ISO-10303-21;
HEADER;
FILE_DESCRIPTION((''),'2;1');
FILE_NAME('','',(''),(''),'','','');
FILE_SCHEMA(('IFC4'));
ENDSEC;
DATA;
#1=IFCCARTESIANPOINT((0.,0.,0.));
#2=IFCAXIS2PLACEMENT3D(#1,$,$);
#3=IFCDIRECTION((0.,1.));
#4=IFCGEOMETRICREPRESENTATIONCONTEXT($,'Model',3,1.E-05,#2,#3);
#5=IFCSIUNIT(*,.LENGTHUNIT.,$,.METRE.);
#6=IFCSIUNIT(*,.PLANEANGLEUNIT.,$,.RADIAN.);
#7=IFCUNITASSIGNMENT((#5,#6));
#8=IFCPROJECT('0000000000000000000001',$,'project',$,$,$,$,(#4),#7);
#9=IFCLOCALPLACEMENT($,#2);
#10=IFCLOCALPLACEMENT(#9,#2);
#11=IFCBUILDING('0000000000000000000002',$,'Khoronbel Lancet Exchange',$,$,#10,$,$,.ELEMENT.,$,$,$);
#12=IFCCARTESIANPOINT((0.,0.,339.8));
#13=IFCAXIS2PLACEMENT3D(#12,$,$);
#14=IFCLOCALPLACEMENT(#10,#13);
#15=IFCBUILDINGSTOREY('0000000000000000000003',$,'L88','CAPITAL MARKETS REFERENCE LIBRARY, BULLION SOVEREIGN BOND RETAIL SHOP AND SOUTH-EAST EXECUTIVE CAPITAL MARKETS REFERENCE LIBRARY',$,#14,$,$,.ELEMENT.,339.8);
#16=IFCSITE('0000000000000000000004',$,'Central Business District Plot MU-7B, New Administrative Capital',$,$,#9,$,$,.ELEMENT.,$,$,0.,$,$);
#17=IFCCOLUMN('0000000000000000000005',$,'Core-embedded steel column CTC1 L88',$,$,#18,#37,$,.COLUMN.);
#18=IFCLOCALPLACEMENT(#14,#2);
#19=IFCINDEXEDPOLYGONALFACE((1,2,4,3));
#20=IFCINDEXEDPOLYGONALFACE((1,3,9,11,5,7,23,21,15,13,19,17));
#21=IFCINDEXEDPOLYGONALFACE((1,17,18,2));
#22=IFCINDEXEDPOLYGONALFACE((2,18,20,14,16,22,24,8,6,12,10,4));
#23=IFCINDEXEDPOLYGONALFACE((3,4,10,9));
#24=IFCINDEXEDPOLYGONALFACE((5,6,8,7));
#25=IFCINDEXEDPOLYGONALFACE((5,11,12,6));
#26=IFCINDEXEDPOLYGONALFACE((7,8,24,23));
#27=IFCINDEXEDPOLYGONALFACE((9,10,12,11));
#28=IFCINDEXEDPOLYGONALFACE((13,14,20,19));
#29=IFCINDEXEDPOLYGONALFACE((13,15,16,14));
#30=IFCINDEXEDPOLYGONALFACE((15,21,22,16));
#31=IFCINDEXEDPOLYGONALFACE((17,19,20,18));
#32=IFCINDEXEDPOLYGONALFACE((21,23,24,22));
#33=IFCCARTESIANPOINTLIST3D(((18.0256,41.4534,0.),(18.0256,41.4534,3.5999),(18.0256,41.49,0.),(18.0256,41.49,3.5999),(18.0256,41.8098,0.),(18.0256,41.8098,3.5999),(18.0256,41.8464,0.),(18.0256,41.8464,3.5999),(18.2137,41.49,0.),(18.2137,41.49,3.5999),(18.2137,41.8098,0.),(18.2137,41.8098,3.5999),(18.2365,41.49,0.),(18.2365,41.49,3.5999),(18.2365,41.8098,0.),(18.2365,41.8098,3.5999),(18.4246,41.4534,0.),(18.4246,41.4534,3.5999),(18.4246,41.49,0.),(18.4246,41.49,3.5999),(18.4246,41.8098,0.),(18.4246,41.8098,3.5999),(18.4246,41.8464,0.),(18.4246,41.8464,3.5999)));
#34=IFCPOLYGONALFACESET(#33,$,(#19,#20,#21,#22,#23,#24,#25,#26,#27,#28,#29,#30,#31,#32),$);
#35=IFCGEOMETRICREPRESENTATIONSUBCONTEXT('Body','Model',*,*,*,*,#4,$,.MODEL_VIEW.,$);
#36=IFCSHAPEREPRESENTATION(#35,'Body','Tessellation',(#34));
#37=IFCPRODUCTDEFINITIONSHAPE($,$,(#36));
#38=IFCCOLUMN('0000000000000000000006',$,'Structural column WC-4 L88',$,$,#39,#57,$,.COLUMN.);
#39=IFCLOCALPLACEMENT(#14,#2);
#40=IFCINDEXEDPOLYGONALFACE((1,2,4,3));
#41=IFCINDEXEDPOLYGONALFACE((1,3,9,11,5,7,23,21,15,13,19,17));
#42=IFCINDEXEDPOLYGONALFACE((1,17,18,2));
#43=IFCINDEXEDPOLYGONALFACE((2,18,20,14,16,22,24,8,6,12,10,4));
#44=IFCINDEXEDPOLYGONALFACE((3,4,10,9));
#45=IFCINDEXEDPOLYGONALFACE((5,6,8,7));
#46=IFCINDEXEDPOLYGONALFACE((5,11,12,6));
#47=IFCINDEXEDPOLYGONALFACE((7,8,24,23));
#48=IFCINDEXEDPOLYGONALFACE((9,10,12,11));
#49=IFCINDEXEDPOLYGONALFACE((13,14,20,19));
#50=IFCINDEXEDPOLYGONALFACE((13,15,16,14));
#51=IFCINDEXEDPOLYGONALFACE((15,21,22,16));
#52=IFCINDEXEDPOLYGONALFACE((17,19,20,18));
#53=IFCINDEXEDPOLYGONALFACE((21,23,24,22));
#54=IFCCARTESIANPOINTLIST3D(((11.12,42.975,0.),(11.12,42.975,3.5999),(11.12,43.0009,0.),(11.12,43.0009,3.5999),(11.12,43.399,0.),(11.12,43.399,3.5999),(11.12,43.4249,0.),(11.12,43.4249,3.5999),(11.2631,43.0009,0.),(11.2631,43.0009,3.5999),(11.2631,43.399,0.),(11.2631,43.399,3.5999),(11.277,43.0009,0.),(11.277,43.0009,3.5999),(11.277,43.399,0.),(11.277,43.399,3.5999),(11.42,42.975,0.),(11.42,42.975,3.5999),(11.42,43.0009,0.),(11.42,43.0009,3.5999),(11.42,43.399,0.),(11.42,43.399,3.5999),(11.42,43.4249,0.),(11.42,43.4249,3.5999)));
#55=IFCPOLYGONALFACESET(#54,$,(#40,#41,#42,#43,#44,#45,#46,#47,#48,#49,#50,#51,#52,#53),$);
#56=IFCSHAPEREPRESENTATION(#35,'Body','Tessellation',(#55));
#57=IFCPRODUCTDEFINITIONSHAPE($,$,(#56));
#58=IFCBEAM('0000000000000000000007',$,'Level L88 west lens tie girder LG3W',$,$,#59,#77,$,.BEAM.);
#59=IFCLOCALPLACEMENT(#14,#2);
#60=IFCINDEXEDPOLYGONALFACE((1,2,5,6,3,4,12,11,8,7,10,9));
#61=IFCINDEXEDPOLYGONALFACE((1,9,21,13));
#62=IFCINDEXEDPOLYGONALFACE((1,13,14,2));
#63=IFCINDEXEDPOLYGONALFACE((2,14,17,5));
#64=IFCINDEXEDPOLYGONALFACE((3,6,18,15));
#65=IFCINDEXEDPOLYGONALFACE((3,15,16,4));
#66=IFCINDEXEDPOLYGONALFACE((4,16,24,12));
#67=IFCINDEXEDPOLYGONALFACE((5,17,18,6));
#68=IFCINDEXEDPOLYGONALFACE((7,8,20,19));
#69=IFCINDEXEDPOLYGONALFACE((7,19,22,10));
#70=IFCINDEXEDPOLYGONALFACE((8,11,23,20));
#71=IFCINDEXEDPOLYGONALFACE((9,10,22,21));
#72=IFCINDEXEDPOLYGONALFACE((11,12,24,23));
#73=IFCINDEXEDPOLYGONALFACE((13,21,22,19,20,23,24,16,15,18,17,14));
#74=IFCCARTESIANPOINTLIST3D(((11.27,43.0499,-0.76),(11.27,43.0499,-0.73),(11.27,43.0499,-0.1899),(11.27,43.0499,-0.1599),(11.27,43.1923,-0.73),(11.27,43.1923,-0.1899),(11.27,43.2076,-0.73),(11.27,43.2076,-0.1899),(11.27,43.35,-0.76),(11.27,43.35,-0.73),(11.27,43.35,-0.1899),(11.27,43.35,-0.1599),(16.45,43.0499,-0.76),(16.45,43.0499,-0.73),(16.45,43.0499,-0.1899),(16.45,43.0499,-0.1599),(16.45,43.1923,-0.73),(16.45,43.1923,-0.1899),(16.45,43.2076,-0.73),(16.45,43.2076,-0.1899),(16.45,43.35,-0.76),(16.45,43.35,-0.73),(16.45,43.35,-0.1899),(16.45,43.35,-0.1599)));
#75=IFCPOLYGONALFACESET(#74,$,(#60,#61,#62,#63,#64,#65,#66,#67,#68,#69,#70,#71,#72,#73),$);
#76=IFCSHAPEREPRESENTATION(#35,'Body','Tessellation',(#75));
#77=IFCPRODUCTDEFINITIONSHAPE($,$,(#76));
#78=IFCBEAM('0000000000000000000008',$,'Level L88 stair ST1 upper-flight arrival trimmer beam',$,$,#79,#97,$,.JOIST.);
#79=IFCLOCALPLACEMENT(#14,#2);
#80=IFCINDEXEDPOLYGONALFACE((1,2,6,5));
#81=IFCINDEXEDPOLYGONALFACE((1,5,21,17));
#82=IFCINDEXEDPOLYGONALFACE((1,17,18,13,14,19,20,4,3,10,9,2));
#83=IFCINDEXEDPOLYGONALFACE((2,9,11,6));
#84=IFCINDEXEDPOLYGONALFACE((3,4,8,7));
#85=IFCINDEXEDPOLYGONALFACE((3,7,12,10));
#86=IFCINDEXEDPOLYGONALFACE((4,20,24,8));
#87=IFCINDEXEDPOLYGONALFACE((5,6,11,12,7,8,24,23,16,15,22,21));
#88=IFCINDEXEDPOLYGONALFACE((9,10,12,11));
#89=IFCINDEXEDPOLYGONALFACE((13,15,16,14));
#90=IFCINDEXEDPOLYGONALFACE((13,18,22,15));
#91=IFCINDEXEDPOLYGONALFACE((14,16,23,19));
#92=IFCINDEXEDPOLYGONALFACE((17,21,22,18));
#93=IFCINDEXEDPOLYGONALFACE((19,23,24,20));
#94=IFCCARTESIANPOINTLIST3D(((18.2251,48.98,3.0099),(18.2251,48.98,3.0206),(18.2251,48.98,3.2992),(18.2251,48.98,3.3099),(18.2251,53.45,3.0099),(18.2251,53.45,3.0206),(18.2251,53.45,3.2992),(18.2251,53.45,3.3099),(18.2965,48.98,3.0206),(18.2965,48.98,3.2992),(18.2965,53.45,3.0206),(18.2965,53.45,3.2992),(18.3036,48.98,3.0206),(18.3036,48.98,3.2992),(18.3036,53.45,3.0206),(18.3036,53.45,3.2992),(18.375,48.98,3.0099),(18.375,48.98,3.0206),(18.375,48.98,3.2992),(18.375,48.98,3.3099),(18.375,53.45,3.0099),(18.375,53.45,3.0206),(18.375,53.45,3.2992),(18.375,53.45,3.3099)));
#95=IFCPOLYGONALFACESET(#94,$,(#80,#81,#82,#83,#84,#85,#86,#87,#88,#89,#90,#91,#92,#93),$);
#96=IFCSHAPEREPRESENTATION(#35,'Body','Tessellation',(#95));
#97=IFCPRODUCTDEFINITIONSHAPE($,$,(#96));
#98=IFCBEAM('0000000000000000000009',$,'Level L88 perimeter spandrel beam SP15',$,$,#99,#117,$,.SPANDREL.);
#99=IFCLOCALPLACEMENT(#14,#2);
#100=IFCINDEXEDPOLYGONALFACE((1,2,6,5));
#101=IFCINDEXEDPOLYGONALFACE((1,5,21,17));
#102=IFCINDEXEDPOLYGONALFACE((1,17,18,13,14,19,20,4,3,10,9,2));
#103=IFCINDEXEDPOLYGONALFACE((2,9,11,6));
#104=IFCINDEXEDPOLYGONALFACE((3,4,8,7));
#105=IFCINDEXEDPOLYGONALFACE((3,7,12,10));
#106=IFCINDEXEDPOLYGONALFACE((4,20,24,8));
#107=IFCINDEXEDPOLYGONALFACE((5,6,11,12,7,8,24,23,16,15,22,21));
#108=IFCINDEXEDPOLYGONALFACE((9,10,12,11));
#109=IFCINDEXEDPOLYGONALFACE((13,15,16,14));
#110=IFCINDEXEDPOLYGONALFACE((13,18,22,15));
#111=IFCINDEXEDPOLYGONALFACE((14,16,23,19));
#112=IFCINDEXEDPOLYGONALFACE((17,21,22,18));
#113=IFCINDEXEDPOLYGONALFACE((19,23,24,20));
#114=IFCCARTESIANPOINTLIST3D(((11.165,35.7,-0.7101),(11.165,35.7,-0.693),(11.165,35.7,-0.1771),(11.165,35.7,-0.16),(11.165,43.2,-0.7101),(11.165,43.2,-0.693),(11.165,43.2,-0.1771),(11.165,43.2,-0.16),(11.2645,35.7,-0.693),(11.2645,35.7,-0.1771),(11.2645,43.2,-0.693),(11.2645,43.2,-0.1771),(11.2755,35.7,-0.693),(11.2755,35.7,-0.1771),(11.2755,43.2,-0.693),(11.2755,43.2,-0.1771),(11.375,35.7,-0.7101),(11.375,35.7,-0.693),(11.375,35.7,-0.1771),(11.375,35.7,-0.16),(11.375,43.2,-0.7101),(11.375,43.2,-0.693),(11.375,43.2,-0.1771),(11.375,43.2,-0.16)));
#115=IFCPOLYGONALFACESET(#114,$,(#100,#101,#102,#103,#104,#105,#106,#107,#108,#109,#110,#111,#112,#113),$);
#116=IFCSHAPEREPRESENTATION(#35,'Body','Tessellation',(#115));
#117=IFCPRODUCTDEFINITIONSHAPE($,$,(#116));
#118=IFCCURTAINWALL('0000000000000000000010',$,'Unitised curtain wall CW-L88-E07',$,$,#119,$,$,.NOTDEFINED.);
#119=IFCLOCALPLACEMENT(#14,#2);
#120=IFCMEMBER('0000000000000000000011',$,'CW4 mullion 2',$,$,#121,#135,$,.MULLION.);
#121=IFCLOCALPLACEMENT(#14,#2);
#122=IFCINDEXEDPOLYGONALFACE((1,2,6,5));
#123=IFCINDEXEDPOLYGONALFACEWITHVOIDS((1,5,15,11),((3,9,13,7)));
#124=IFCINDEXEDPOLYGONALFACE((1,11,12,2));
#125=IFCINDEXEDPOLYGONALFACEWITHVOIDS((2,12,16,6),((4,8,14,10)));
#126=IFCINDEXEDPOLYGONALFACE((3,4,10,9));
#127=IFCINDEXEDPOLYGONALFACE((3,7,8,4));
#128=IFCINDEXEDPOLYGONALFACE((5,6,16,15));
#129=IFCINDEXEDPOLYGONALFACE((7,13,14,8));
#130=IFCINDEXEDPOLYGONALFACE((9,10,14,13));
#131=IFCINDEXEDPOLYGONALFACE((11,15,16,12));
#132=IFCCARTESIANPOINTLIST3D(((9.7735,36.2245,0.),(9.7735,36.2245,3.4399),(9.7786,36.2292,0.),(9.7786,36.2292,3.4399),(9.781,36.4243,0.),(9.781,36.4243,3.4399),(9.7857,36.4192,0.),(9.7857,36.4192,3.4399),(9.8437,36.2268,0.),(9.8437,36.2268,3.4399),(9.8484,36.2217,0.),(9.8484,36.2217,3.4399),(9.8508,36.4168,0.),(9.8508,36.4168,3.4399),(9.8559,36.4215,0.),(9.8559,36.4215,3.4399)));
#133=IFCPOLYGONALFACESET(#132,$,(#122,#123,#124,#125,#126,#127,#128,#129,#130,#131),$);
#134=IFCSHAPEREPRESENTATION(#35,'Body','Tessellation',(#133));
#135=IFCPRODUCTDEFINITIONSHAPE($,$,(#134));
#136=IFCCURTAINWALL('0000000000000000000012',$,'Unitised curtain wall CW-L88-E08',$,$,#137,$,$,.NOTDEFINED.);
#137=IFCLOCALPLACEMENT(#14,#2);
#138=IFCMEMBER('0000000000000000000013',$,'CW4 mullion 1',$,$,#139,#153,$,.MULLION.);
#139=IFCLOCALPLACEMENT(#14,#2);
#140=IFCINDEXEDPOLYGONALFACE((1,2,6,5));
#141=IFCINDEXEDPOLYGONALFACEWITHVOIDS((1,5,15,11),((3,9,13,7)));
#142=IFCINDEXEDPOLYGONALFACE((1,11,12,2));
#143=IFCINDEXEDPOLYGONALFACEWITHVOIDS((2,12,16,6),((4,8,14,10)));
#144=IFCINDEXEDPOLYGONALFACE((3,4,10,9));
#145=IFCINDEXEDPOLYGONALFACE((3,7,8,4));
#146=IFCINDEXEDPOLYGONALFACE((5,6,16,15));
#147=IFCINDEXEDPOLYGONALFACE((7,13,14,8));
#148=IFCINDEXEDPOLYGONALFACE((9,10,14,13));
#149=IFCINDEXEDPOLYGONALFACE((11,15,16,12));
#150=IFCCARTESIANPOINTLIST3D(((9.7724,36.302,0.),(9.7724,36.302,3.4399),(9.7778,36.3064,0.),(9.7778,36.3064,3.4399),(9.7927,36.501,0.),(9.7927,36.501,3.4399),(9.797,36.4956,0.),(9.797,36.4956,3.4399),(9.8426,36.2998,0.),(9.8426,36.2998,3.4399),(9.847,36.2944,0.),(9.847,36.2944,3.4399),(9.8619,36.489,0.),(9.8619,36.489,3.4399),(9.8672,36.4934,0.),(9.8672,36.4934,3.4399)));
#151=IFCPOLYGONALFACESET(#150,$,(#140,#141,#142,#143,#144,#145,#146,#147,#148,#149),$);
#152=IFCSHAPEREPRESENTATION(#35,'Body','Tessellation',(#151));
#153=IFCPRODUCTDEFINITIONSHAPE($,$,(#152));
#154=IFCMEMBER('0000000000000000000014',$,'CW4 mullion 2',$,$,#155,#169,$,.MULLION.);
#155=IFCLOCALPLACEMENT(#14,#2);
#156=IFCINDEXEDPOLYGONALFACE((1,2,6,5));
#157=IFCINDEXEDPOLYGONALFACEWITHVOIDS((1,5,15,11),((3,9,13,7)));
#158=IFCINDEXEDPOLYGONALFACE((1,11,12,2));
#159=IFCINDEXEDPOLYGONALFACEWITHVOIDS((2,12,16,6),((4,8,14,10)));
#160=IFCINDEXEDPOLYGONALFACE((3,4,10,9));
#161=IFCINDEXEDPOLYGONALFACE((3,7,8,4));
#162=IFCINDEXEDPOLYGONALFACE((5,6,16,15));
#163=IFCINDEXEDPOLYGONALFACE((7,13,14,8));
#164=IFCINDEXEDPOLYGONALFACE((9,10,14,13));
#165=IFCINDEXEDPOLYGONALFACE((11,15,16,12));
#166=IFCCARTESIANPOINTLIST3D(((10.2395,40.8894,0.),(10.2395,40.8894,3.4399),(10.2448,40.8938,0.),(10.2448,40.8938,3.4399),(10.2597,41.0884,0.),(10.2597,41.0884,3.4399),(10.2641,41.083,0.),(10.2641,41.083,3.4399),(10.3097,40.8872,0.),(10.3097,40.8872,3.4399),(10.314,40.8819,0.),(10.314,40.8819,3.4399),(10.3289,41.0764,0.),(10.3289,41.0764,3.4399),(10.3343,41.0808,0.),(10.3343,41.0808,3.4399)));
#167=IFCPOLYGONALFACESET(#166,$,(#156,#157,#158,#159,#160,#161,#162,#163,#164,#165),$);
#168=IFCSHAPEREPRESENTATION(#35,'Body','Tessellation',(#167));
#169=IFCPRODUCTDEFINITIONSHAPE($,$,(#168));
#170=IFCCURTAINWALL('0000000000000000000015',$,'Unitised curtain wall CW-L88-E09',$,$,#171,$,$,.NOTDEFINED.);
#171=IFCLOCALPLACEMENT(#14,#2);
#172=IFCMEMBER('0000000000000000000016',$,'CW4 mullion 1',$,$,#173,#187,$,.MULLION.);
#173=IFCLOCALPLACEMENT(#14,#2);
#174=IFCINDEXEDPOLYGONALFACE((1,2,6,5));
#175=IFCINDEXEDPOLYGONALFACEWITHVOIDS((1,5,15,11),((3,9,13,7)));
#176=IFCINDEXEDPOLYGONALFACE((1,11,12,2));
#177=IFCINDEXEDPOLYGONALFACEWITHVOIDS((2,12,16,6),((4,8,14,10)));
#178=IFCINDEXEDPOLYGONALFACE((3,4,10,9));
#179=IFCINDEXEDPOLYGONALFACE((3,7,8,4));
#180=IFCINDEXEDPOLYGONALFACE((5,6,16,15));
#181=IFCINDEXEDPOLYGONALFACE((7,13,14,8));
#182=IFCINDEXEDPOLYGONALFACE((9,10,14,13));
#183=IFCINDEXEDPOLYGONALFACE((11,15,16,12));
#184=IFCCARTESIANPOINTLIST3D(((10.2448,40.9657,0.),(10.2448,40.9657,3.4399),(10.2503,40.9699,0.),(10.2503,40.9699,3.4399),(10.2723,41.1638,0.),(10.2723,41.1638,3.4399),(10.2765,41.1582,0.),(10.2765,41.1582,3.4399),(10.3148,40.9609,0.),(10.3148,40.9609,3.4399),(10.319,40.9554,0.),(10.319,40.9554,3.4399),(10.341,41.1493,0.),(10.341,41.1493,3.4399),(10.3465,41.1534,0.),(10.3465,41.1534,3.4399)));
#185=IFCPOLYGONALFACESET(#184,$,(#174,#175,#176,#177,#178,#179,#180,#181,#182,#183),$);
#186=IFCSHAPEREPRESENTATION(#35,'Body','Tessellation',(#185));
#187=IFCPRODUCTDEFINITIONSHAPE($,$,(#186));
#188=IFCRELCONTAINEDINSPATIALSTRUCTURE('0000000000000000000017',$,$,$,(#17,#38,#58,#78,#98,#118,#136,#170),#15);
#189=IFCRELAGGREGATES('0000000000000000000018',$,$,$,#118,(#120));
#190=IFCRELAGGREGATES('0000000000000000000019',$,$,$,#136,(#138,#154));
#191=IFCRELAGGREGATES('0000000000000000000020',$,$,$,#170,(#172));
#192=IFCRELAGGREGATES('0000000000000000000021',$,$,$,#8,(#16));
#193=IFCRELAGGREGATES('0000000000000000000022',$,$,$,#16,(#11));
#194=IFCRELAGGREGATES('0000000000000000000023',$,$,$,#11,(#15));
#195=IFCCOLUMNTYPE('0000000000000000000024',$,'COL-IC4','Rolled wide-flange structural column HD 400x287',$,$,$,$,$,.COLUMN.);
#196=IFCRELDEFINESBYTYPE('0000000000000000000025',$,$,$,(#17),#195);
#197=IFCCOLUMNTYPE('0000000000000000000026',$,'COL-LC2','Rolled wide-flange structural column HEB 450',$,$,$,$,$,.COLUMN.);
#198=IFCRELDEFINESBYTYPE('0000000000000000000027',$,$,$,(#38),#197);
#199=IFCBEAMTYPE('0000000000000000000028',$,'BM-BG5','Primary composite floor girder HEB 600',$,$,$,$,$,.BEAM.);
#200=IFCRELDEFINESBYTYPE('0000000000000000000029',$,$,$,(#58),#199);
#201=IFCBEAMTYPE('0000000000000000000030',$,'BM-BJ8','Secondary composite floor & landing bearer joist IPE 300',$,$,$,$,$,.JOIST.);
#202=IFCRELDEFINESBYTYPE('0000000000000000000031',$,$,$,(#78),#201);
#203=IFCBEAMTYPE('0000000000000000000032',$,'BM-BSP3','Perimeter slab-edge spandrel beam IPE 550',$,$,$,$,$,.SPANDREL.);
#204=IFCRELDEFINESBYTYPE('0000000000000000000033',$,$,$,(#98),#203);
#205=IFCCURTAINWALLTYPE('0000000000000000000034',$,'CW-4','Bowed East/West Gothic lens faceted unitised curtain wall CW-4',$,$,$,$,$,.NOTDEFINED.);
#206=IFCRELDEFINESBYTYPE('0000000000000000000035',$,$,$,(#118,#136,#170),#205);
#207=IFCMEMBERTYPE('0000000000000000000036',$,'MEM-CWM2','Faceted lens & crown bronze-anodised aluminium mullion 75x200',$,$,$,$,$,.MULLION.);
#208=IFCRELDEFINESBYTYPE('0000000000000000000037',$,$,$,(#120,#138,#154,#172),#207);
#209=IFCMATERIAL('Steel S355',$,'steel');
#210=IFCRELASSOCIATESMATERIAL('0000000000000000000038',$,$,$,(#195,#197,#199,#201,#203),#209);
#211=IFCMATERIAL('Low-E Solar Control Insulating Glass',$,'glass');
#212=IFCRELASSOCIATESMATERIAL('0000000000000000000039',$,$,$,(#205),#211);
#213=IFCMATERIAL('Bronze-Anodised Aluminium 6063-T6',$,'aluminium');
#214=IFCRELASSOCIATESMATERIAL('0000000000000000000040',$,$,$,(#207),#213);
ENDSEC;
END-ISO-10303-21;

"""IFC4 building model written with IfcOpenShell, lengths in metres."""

from ifc_helpers import new_model, si_unit, direction, frame, origin, origin_2d, place, context, subcontext, project, spatial, hollow_rectangle, i_section, extrude, material, material_profile, profile_set, type_object, element, aggregate, save


model = new_model("IFC4")

# Units and contexts
model_context = context("Model", 3, precision=1e-05, world=origin(), true_north=direction((0.0, 1.0)))
body_context = subcontext(model_context, "Body", "Model", "MODEL_VIEW")
ifc_project = project(units=[si_unit("LENGTHUNIT", "METRE"), si_unit("PLANEANGLEUNIT", "RADIAN")], contexts=[model_context])

# Site, building, storey
site_placement = place(None, origin())
site = spatial("IfcSite", under=ifc_project, at=site_placement, Name="Central Business District Plot MU-7B, New Administrative Capital", CompositionType="ELEMENT", RefElevation=0.0)
building_placement = place(site_placement, origin())
building = spatial("IfcBuilding", under=site, at=building_placement, Name="Khoronbel Lancet Exchange", CompositionType="ELEMENT")
storey_placement = place(building_placement, frame((0.0, 0.0, 339.8)))
storey = spatial("IfcBuildingStorey", under=building, at=storey_placement, Name="L88", Description="CAPITAL MARKETS REFERENCE LIBRARY, BULLION SOVEREIGN BOND RETAIL SHOP AND SOUTH-EAST EXECUTIVE CAPITAL MARKETS REFERENCE LIBRARY", CompositionType="ELEMENT", Elevation=339.8)

# Columns
ifc_material_1 = material(Name="Steel S355", Category="steel")
ifc_material_profile_1 = material_profile(ifc_material_1, i_section(OverallWidth=0.3989, OverallDepth=0.3931, WebThickness=0.0227, FlangeThickness=0.0366, at=origin_2d()), Name="HD 400x287")
ifc_profile_set_1 = profile_set([ifc_material_profile_1], Name="Steel S355")
column_type_1 = type_object("IfcColumnType", Name="COL-IC4", Description="Rolled wide-flange structural column HD 400x287", PredefinedType="COLUMN", material=ifc_profile_set_1)
column_1_placement = place(storey_placement, frame((18.2251, 41.6499, 0.0), z_axis=(0.0, 0.0, 1.0), x_axis=(1.0, 0.0, 0.0)))
element("IfcColumn", 1, at=column_1_placement, inside=storey, type_object=column_type_1, Name="Core-embedded steel column CTC1 L88", PredefinedType="COLUMN", context=body_context, shape_type="SweptSolid", body=[
    extrude(i_section(OverallWidth=0.3989, OverallDepth=0.3931, WebThickness=0.0227, FlangeThickness=0.0366, at=origin_2d()), origin(), (0.0, 0.0, 1.0), 3.5999),
])
ifc_material_profile_2 = material_profile(ifc_material_1, i_section(OverallWidth=0.3, OverallDepth=0.45, WebThickness=0.0139, FlangeThickness=0.0259, at=origin_2d()), Name="HEB 450")
ifc_profile_set_2 = profile_set([ifc_material_profile_2], Name="Steel S355")
column_type_2 = type_object("IfcColumnType", Name="COL-LC2", Description="Rolled wide-flange structural column HEB 450", PredefinedType="COLUMN", material=ifc_profile_set_2)
column_2_placement = place(storey_placement, frame((11.27, 43.2, 0.0), z_axis=(0.0, 0.0, 1.0), x_axis=(1.0, 0.0, 0.0)))
element("IfcColumn", 2, at=column_2_placement, inside=storey, type_object=column_type_2, Name="Structural column WC-4 L88", PredefinedType="COLUMN", context=body_context, shape_type="SweptSolid", body=[
    extrude(i_section(OverallWidth=0.3, OverallDepth=0.45, WebThickness=0.0139, FlangeThickness=0.0259, at=origin_2d()), origin(), (0.0, 0.0, 1.0), 3.5999),
])

# Beams
ifc_material_profile_3 = material_profile(ifc_material_1, i_section(OverallWidth=0.3, OverallDepth=0.6001, WebThickness=0.0154, FlangeThickness=0.03, at=origin_2d()), Name="HEB 600")
ifc_profile_set_3 = profile_set([ifc_material_profile_3], Name="Steel S355")
beam_type_1 = type_object("IfcBeamType", Name="BM-BG5", Description="Primary composite floor girder HEB 600", PredefinedType="BEAM", material=ifc_profile_set_3)
beam_1_placement = place(storey_placement, frame((11.27, 43.2, -0.46), z_axis=(1.0, 0.0, 0.0), x_axis=(0.0, 1.0, 0.0)))
element("IfcBeam", 3, at=beam_1_placement, inside=storey, type_object=beam_type_1, Name="Level L88 west lens tie girder LG3W", PredefinedType="BEAM", context=body_context, shape_type="SweptSolid", body=[
    extrude(i_section(OverallWidth=0.3, OverallDepth=0.6001, WebThickness=0.0154, FlangeThickness=0.03, at=origin_2d()), origin(), (0.0, 0.0, 1.0), 5.1799),
])
ifc_material_profile_4 = material_profile(ifc_material_1, i_section(OverallWidth=0.1499, OverallDepth=0.3, WebThickness=0.0071, FlangeThickness=0.0107, at=origin_2d()), Name="IPE 300")
ifc_profile_set_4 = profile_set([ifc_material_profile_4], Name="Steel S355")
beam_type_2 = type_object("IfcBeamType", Name="BM-BJ8", Description="Secondary composite floor & landing bearer joist IPE 300", PredefinedType="JOIST", material=ifc_profile_set_4)
beam_2_placement = place(storey_placement, frame((18.3, 48.98, 3.1599), z_axis=(0.0, 1.0, 0.0), x_axis=(-1.0, 0.0, 0.0)))
element("IfcBeam", 4, at=beam_2_placement, inside=storey, type_object=beam_type_2, Name="Level L88 stair ST1 upper-flight arrival trimmer beam", PredefinedType="JOIST", context=body_context, shape_type="SweptSolid", body=[
    extrude(i_section(OverallWidth=0.1499, OverallDepth=0.3, WebThickness=0.0071, FlangeThickness=0.0107, at=origin_2d()), origin(), (0.0, 0.0, 1.0), 4.47),
])
ifc_material_profile_5 = material_profile(ifc_material_1, i_section(OverallWidth=0.21, OverallDepth=0.55, WebThickness=0.011, FlangeThickness=0.0171, at=origin_2d()), Name="IPE 550")
ifc_profile_set_5 = profile_set([ifc_material_profile_5], Name="Steel S355")
beam_type_3 = type_object("IfcBeamType", Name="BM-BSP3", Description="Perimeter slab-edge spandrel beam IPE 550", PredefinedType="SPANDREL", material=ifc_profile_set_5)
beam_3_placement = place(storey_placement, frame((11.27, 43.2, -0.4351), z_axis=(0.0, -1.0, 0.0), x_axis=(1.0, 0.0, 0.0)))
element("IfcBeam", 5, at=beam_3_placement, inside=storey, type_object=beam_type_3, Name="Level L88 perimeter spandrel beam SP15", PredefinedType="SPANDREL", context=body_context, shape_type="SweptSolid", body=[
    extrude(i_section(OverallWidth=0.21, OverallDepth=0.55, WebThickness=0.011, FlangeThickness=0.0171, at=origin_2d()), origin(), (0.0, 0.0, 1.0), 7.5),
])

# Curtain wall, member
ifc_material_2 = material(Name="Low-E Solar Control Insulating Glass", Category="glass")
curtain_wall_type = type_object("IfcCurtainWallType", Name="CW-4", Description="Bowed East/West Gothic lens faceted unitised curtain wall CW-4", PredefinedType="NOTDEFINED", material=ifc_material_2)
curtain_wall_1_placement = place(storey_placement, origin())
curtain_wall_1 = element("IfcCurtainWall", 6, at=curtain_wall_1_placement, inside=storey, type_object=curtain_wall_type, Name="Unitised curtain wall CW-L88-E07", PredefinedType="NOTDEFINED")
ifc_material_3 = material(Name="Bronze-Anodised Aluminium 6063-T6", Category="aluminium")
ifc_material_profile_6 = material_profile(ifc_material_3, hollow_rectangle(XDim=0.075, YDim=0.2, WallThickness=0.0049, at=origin_2d()), Name="ALU MULLION 75x200")
ifc_profile_set_6 = profile_set([ifc_material_profile_6], Name="Bronze-Anodised Aluminium 6063-T6")
member_type_1 = type_object("IfcMemberType", Name="MEM-CWM2", Description="Faceted lens & crown bronze-anodised aluminium mullion 75x200", PredefinedType="MULLION", material=ifc_profile_set_6)
member_1_placement = place(storey_placement, frame((9.8147, 36.323, 0.0), z_axis=(0.0, 0.0, 1.0), x_axis=(-0.999308, 0.037202, 0.0)))
member_1 = element("IfcMember", 7, at=member_1_placement, type_object=member_type_1, Name="CW4 mullion 2", PredefinedType="MULLION", context=body_context, shape_type="SweptSolid", body=[
    extrude(hollow_rectangle(XDim=0.075, YDim=0.2, WallThickness=0.0049, at=origin_2d()), origin(), (0.0, 0.0, 1.0), 3.4399),
])
aggregate(curtain_wall_1, [member_1])

# Curtain walls, members
curtain_wall_2_placement = place(storey_placement, origin())
curtain_wall_2 = element("IfcCurtainWall", 8, at=curtain_wall_2_placement, inside=storey, type_object=curtain_wall_type, Name="Unitised curtain wall CW-L88-E08", PredefinedType="NOTDEFINED")
member_2_placement = place(storey_placement, frame((9.8198, 36.3977, 0.0), z_axis=(0.0, 0.0, 1.0), x_axis=(-0.994858, 0.101278, 0.0)))
member_2 = element("IfcMember", 9, at=member_2_placement, type_object=member_type_1, Name="CW4 mullion 1", PredefinedType="MULLION", context=body_context, shape_type="SweptSolid", body=[
    extrude(hollow_rectangle(XDim=0.075, YDim=0.2, WallThickness=0.0049, at=origin_2d()), origin(), (0.0, 0.0, 1.0), 3.4399),
])
member_3_placement = place(storey_placement, frame((10.2869, 40.9851, 0.0), z_axis=(0.0, 0.0, 1.0), x_axis=(-0.994858, 0.101278, 0.0)))
member_3 = element("IfcMember", 10, at=member_3_placement, type_object=member_type_1, Name="CW4 mullion 2", PredefinedType="MULLION", context=body_context, shape_type="SweptSolid", body=[
    extrude(hollow_rectangle(XDim=0.075, YDim=0.2, WallThickness=0.0049, at=origin_2d()), origin(), (0.0, 0.0, 1.0), 3.4399),
])
curtain_wall_3_placement = place(storey_placement, origin())
curtain_wall_3 = element("IfcCurtainWall", 11, at=curtain_wall_3_placement, inside=storey, type_object=curtain_wall_type, Name="Unitised curtain wall CW-L88-E09", PredefinedType="NOTDEFINED")
member_4_placement = place(storey_placement, frame((10.2957, 41.0596, 0.0), z_axis=(0.0, 0.0, 1.0), x_axis=(-0.990475, 0.137695, 0.0)))
member_4 = element("IfcMember", 12, at=member_4_placement, type_object=member_type_1, Name="CW4 mullion 1", PredefinedType="MULLION", context=body_context, shape_type="SweptSolid", body=[
    extrude(hollow_rectangle(XDim=0.075, YDim=0.2, WallThickness=0.0049, at=origin_2d()), origin(), (0.0, 0.0, 1.0), 3.4399),
])

aggregate(curtain_wall_2, [member_2, member_3])
aggregate(curtain_wall_3, [member_4])

save(model, "model.ifc")
